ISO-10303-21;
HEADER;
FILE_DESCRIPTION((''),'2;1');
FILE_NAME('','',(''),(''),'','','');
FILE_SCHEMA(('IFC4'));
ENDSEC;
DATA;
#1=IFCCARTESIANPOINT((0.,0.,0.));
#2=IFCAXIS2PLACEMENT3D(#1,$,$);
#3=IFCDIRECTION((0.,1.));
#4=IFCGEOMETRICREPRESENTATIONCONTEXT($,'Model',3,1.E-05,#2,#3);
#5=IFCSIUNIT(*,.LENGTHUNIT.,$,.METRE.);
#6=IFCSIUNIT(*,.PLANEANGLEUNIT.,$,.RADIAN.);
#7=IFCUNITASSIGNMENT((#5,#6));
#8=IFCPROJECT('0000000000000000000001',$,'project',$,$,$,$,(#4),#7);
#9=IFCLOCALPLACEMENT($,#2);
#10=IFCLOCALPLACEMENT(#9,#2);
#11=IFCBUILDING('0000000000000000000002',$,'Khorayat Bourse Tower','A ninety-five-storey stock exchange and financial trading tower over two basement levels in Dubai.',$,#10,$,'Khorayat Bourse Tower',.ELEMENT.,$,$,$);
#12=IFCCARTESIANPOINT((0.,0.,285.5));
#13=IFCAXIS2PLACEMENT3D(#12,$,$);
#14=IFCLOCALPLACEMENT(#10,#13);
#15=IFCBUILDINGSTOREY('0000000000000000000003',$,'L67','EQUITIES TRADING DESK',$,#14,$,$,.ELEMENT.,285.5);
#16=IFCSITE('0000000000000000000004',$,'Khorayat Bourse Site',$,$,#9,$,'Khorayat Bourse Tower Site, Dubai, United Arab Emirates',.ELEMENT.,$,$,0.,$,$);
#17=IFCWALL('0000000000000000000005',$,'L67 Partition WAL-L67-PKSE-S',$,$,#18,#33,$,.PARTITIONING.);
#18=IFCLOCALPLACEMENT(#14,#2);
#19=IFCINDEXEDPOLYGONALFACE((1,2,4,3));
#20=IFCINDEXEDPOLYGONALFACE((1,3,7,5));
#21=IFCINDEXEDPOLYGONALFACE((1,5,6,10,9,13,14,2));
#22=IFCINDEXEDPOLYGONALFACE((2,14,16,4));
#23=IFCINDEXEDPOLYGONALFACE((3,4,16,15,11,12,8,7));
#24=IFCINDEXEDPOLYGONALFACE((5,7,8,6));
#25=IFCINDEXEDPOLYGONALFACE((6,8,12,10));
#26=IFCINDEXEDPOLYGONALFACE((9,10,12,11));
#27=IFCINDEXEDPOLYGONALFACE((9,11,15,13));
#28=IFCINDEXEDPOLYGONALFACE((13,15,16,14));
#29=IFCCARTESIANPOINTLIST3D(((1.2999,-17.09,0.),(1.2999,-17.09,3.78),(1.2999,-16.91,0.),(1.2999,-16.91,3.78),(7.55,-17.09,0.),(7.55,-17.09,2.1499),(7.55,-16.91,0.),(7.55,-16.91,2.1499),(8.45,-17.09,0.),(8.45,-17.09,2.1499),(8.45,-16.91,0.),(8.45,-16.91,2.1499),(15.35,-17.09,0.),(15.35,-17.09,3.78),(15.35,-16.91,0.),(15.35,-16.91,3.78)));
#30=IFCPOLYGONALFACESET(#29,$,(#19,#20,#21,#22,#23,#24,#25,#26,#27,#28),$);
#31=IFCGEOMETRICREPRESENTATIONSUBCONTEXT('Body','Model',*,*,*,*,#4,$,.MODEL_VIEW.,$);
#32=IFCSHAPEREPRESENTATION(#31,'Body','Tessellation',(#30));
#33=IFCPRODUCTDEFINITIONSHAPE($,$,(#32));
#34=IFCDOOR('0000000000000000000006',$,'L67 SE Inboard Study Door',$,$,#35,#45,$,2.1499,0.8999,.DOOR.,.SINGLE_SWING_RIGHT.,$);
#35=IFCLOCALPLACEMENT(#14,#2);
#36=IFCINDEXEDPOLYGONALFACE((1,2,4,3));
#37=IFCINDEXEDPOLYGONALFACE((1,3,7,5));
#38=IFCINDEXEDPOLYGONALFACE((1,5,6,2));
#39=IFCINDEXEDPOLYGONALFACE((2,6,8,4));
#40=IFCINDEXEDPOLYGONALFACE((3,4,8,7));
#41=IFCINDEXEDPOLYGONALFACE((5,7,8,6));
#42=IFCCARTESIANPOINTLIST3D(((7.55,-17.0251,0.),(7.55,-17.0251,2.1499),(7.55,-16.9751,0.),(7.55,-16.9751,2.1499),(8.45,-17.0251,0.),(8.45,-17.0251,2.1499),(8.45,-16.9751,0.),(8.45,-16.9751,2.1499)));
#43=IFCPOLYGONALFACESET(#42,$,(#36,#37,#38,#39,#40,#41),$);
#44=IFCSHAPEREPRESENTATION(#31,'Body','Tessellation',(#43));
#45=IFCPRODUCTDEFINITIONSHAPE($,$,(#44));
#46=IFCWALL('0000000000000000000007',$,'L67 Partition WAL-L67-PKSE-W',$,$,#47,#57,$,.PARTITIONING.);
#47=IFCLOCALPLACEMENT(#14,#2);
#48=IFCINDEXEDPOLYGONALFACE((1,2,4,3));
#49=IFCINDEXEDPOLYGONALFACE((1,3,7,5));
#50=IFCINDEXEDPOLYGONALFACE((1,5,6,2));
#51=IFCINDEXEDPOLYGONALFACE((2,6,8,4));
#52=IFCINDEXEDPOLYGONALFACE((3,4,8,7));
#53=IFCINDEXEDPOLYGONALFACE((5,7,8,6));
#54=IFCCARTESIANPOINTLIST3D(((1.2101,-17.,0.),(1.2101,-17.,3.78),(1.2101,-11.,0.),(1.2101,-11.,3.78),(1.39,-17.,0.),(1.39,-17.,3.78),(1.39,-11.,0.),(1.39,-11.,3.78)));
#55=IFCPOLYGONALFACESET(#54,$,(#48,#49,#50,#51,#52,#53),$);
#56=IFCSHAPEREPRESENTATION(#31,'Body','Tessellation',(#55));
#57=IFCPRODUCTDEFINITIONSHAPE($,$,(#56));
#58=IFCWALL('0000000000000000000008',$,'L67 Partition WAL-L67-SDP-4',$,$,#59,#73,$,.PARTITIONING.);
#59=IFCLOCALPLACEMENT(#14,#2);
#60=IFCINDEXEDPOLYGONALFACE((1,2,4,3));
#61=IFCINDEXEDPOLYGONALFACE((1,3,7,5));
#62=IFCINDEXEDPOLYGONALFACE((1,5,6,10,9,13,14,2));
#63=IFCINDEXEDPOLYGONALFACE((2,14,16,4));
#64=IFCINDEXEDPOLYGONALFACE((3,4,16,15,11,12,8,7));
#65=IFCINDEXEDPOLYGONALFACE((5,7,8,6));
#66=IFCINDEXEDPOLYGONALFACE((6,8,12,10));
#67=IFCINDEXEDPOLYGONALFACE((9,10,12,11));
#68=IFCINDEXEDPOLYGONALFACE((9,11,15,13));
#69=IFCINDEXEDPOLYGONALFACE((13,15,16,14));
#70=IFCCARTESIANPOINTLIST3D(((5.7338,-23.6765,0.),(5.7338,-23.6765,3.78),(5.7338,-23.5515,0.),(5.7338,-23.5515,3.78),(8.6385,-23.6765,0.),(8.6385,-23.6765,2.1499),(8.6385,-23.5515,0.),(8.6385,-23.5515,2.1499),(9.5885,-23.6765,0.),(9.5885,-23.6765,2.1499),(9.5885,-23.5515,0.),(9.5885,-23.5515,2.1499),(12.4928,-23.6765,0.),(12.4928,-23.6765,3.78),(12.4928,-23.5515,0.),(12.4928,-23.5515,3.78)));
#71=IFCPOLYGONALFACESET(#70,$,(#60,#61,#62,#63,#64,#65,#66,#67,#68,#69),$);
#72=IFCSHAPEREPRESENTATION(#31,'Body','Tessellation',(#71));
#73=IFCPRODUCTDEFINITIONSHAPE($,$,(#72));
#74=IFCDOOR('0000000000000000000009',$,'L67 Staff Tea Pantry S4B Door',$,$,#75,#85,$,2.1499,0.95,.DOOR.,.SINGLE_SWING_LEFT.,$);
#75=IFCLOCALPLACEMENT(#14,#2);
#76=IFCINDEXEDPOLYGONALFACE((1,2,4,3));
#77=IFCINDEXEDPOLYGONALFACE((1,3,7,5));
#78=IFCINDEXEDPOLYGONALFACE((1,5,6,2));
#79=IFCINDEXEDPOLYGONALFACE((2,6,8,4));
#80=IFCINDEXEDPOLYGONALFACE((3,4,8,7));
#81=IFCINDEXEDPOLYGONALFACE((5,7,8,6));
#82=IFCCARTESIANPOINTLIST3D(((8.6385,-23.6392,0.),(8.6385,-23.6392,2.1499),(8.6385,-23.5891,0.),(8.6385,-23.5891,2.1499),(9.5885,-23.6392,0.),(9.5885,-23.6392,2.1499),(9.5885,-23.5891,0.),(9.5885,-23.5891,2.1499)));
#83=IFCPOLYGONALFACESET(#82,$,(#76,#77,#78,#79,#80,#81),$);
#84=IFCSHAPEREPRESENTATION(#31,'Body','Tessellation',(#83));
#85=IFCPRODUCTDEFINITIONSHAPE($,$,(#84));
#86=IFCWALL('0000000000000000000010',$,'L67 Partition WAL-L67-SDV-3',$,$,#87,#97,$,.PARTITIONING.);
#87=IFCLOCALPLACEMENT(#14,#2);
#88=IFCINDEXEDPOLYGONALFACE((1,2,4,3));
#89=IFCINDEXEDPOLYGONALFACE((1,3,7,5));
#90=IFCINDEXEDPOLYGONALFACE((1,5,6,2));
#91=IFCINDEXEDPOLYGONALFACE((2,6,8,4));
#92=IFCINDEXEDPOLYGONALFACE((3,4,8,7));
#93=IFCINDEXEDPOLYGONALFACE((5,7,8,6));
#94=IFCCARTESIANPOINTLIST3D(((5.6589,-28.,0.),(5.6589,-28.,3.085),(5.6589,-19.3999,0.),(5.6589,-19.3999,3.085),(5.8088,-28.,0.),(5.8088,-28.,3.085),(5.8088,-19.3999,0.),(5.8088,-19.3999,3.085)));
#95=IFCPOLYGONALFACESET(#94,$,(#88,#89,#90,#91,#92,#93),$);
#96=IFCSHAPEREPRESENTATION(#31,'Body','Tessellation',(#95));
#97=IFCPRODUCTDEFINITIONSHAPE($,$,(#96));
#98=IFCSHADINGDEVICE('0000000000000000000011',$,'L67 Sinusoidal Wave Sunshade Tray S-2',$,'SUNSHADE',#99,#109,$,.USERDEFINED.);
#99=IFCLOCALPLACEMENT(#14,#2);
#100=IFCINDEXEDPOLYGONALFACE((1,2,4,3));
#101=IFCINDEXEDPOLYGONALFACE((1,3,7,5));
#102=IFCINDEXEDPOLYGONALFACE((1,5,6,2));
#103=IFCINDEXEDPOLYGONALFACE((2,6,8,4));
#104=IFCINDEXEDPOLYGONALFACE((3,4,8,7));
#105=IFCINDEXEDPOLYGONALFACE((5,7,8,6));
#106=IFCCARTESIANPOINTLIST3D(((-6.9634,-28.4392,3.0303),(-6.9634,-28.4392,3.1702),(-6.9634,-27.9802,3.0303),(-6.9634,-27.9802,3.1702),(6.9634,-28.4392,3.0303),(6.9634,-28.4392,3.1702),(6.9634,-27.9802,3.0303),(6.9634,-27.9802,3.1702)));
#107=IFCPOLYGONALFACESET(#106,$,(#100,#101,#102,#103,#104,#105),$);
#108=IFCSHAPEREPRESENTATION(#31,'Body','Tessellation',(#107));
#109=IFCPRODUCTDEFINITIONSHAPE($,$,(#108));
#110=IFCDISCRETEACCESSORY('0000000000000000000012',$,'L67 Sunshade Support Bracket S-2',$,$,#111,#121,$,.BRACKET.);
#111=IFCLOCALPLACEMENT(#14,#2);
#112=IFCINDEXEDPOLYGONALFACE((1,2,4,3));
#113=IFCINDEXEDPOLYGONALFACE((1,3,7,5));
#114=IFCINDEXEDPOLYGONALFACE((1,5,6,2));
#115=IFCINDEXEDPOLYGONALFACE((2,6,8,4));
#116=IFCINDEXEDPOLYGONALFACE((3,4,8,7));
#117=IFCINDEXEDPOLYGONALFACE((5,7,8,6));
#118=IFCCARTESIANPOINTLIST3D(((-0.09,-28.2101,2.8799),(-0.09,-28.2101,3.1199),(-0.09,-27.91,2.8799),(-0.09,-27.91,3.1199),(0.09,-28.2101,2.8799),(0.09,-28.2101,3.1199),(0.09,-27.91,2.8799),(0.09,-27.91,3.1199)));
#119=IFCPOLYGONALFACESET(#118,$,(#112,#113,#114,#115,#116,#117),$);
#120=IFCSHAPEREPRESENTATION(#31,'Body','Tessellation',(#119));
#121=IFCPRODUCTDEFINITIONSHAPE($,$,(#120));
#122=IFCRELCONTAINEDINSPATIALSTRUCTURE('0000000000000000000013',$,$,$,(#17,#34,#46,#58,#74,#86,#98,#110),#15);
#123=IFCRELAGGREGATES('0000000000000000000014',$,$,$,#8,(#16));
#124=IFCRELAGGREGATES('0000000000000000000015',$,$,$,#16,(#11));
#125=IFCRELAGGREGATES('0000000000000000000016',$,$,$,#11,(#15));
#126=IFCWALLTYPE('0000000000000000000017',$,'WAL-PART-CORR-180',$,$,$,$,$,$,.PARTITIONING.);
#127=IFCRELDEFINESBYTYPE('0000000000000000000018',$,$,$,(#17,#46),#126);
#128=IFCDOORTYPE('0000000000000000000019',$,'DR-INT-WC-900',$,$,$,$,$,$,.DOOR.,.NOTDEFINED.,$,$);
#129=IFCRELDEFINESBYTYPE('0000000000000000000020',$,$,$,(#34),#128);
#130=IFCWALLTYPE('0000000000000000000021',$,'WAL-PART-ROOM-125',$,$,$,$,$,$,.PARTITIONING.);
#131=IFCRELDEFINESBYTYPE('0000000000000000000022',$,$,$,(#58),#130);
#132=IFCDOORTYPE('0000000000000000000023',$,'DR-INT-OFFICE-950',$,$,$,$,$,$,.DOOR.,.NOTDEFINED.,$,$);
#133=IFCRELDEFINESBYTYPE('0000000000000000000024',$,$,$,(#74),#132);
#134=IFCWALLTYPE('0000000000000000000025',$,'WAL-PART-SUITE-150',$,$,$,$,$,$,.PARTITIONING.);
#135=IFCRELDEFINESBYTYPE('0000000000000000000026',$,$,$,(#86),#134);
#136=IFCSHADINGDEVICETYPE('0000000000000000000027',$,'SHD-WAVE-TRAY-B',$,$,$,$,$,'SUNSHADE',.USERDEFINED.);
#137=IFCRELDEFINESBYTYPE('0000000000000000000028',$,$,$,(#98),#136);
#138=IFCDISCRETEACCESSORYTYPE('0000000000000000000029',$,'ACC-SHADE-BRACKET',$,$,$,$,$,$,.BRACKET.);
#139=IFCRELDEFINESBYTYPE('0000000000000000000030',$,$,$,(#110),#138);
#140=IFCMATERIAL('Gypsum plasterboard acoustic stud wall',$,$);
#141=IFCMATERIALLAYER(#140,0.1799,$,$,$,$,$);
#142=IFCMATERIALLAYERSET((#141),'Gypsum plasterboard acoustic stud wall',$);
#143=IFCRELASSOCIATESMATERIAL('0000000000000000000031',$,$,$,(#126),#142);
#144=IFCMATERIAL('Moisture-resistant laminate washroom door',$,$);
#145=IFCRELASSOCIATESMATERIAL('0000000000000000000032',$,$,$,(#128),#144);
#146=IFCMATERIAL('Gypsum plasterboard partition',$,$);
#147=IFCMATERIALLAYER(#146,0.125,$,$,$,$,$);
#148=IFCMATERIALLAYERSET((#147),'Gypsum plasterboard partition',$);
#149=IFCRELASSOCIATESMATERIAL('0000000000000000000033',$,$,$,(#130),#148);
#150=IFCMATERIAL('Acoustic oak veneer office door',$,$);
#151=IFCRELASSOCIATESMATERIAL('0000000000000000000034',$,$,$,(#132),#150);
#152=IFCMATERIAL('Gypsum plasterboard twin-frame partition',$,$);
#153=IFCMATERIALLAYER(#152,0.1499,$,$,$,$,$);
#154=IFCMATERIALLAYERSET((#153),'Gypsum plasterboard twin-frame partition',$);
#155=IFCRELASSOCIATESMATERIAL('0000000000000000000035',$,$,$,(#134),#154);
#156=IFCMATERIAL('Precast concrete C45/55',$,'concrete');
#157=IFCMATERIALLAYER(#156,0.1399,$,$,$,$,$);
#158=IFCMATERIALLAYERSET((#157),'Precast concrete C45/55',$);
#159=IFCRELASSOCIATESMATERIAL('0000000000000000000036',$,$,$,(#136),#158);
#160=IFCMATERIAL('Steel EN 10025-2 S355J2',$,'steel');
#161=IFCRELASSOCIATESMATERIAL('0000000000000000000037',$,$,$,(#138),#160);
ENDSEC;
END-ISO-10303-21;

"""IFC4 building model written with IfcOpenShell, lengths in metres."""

from ifc_helpers import new_model, si_unit, direction, frame, frame_2d, origin, origin_2d, place, context, subcontext, project, spatial, rectangle, extrude, source, transform, mapped, material, layer, layer_set, type_object, element, fill, save


model = new_model("IFC4")

# Units and contexts
model_context = context("Model", 3, precision=1e-05, world=origin(), true_north=direction((0.0, 1.0)))
body_context = subcontext(model_context, "Body", "Model", "MODEL_VIEW")
ifc_project = project(units=[si_unit("LENGTHUNIT", "METRE"), si_unit("PLANEANGLEUNIT", "RADIAN")], contexts=[model_context])

# Site, building, storey
site_placement = place(None, origin())
site = spatial("IfcSite", under=ifc_project, at=site_placement, Name="Khorayat Bourse Site", LongName="Khorayat Bourse Tower Site, Dubai, United Arab Emirates", CompositionType="ELEMENT", RefElevation=0.0)
building_placement = place(site_placement, origin())
building = spatial("IfcBuilding", under=site, at=building_placement, Name="Khorayat Bourse Tower", Description="A ninety-five-storey stock exchange and financial trading tower over two basement levels in Dubai.", LongName="Khorayat Bourse Tower", CompositionType="ELEMENT")
storey_placement = place(building_placement, frame((0.0, 0.0, 285.5)))
storey = spatial("IfcBuildingStorey", under=building, at=storey_placement, Name="L67", Description="EQUITIES TRADING DESK", CompositionType="ELEMENT", Elevation=285.5)

# Shared definitions
ifc_material_1 = material(Name="Steel EN 10025-2 S355J2", Category="steel")

# Wall, opening, door
ifc_material_2 = material(Name="Gypsum plasterboard acoustic stud wall")
ifc_layer_1 = layer(ifc_material_2, 0.1799)
ifc_layer_set_1 = layer_set([ifc_layer_1], Name="Gypsum plasterboard acoustic stud wall")
wall_type_1 = type_object("IfcWallType", Name="WAL-PART-CORR-180", PredefinedType="PARTITIONING", material=ifc_layer_set_1)
shared_shape_1 = source(origin(), body_context, "Body", "SweptSolid", [
    extrude(rectangle(XDim=14.05, YDim=0.1799, at=frame_2d((7.0249, 0.0))), origin(), (0.0, 0.0, 1.0), 3.78),
])
wall_1_placement = place(storey_placement, frame((1.3, -17.0, 0.0), z_axis=(0.0, 0.0, 1.0), x_axis=(1.0, 0.0, 0.0)))
wall_1 = element("IfcWall", 1, at=wall_1_placement, inside=storey, type_object=wall_type_1, Name="L67 Partition WAL-L67-PKSE-S", PredefinedType="PARTITIONING", context=body_context, shape_type="MappedRepresentation", body=[
    mapped(shared_shape_1, transform((0.0, 0.0, 0.0), scale=1.0)),
])
shared_shape_2 = source(origin(), body_context, "Body", "SweptSolid", [
    extrude(rectangle(XDim=0.8999, YDim=2.1499, at=frame_2d((0.45, 1.075))), frame((0.0, 0.0999, 0.0), z_axis=(0.0, -1.0, 0.0), x_axis=(1.0, 0.0, 0.0)), (0.0, 0.0, 1.0), 0.2),
])
opening_1_placement = place(wall_1_placement, frame((6.25, 0.0, 0.0)))
opening_1 = element("IfcOpeningElement", 2, at=opening_1_placement, cuts=wall_1, PredefinedType="OPENING", context=body_context, shape_type="MappedRepresentation", body=[
    mapped(shared_shape_2, transform((0.0, 0.0, 0.0), scale=1.0)),
])
ifc_material_3 = material(Name="Moisture-resistant laminate washroom door")
door_type_1 = type_object("IfcDoorType", Name="DR-INT-WC-900", OperationType="NOTDEFINED", PredefinedType="DOOR", material=ifc_material_3)
shared_shape_3 = source(origin(), body_context, "Body", "SweptSolid", [
    extrude(rectangle(XDim=0.8999, YDim=2.1499, at=frame_2d((0.45, 1.075))), frame((0.0, 0.0249, 0.0), z_axis=(0.0, -1.0, 0.0), x_axis=(1.0, 0.0, 0.0)), (0.0, 0.0, 1.0), 0.05),
])
door_1_placement = place(opening_1_placement, origin())
door_1 = element("IfcDoor", 3, at=door_1_placement, inside=storey, type_object=door_type_1, Name="L67 SE Inboard Study Door", OperationType="SINGLE_SWING_RIGHT", OverallHeight=2.1499, OverallWidth=0.8999, PredefinedType="DOOR", context=body_context, shape_type="MappedRepresentation", body=[
    mapped(shared_shape_3, transform((0.0, 0.0, 0.0), scale=1.0)),
])
fill(opening_1, door_1)

# Wall
shared_shape_4 = source(origin(), body_context, "Body", "SweptSolid", [
    extrude(rectangle(XDim=6.0, YDim=0.1799, at=frame_2d((3.0, 0.0))), origin(), (0.0, 0.0, 1.0), 3.78),
])
wall_2_placement = place(storey_placement, frame((1.3, -17.0, 0.0), z_axis=(0.0, 0.0, 1.0), x_axis=(0.0, 1.0, 0.0)))
element("IfcWall", 4, at=wall_2_placement, inside=storey, type_object=wall_type_1, Name="L67 Partition WAL-L67-PKSE-W", PredefinedType="PARTITIONING", context=body_context, shape_type="MappedRepresentation", body=[
    mapped(shared_shape_4, transform((0.0, 0.0, 0.0), scale=1.0)),
])

# Wall, opening, door
ifc_material_4 = material(Name="Gypsum plasterboard partition")
ifc_layer_2 = layer(ifc_material_4, 0.125)
ifc_layer_set_2 = layer_set([ifc_layer_2], Name="Gypsum plasterboard partition")
wall_type_2 = type_object("IfcWallType", Name="WAL-PART-ROOM-125", PredefinedType="PARTITIONING", material=ifc_layer_set_2)
shared_shape_5 = source(origin(), body_context, "Body", "SweptSolid", [
    extrude(rectangle(XDim=6.759, YDim=0.125, at=frame_2d((3.3794, 0.0))), origin(), (0.0, 0.0, 1.0), 3.78),
])
wall_3_placement = place(storey_placement, frame((5.7339, -23.614, 0.0), z_axis=(0.0, 0.0, 1.0), x_axis=(1.0, 0.0, 0.0)))
wall_3 = element("IfcWall", 5, at=wall_3_placement, inside=storey, type_object=wall_type_2, Name="L67 Partition WAL-L67-SDP-4", PredefinedType="PARTITIONING", context=body_context, shape_type="MappedRepresentation", body=[
    mapped(shared_shape_5, transform((0.0, 0.0, 0.0), scale=1.0)),
])
shared_shape_6 = source(origin(), body_context, "Body", "SweptSolid", [
    extrude(rectangle(XDim=0.95, YDim=2.1499, at=frame_2d((0.4751, 1.075))), frame((0.0, 0.0725, 0.0), z_axis=(0.0, -1.0, 0.0), x_axis=(1.0, 0.0, 0.0)), (0.0, 0.0, 1.0), 0.145),
])
opening_2_placement = place(wall_3_placement, frame((2.9045, 0.0, 0.0)))
opening_2 = element("IfcOpeningElement", 6, at=opening_2_placement, cuts=wall_3, PredefinedType="OPENING", context=body_context, shape_type="MappedRepresentation", body=[
    mapped(shared_shape_6, transform((0.0, 0.0, 0.0), scale=1.0)),
])
ifc_material_5 = material(Name="Acoustic oak veneer office door")
door_type_2 = type_object("IfcDoorType", Name="DR-INT-OFFICE-950", OperationType="NOTDEFINED", PredefinedType="DOOR", material=ifc_material_5)
shared_shape_7 = source(origin(), body_context, "Body", "SweptSolid", [
    extrude(rectangle(XDim=0.95, YDim=2.1499, at=frame_2d((0.4751, 1.075))), frame((0.0, 0.0249, 0.0), z_axis=(0.0, -1.0, 0.0), x_axis=(1.0, 0.0, 0.0)), (0.0, 0.0, 1.0), 0.05),
])
door_2_placement = place(opening_2_placement, origin())
door_2 = element("IfcDoor", 7, at=door_2_placement, inside=storey, type_object=door_type_2, Name="L67 Staff Tea Pantry S4B Door", OperationType="SINGLE_SWING_LEFT", OverallHeight=2.1499, OverallWidth=0.95, PredefinedType="DOOR", context=body_context, shape_type="MappedRepresentation", body=[
    mapped(shared_shape_7, transform((0.0, 0.0, 0.0), scale=1.0)),
])
fill(opening_2, door_2)

# Wall
ifc_material_6 = material(Name="Gypsum plasterboard twin-frame partition")
ifc_layer_3 = layer(ifc_material_6, 0.1499)
ifc_layer_set_3 = layer_set([ifc_layer_3], Name="Gypsum plasterboard twin-frame partition")
wall_type_3 = type_object("IfcWallType", Name="WAL-PART-SUITE-150", PredefinedType="PARTITIONING", material=ifc_layer_set_3)
shared_shape_8 = source(origin(), body_context, "Body", "SweptSolid", [
    extrude(rectangle(XDim=8.6001, YDim=0.1499, at=frame_2d((4.3, 0.0))), origin(), (0.0, 0.0, 1.0), 3.085),
])
wall_4_placement = place(storey_placement, frame((5.7339, -28.0, 0.0), z_axis=(0.0, 0.0, 1.0), x_axis=(0.0, 1.0, 0.0)))
element("IfcWall", 8, at=wall_4_placement, inside=storey, type_object=wall_type_3, Name="L67 Partition WAL-L67-SDV-3", PredefinedType="PARTITIONING", context=body_context, shape_type="MappedRepresentation", body=[
    mapped(shared_shape_8, transform((0.0, 0.0, 0.0), scale=1.0)),
])

# Shading device
ifc_material_7 = material(Name="Precast concrete C45/55", Category="concrete")
ifc_layer_4 = layer(ifc_material_7, 0.1399)
ifc_layer_set_4 = layer_set([ifc_layer_4], Name="Precast concrete C45/55")
shading_device_type = type_object("IfcShadingDeviceType", Name="SHD-WAVE-TRAY-B", ElementType="SUNSHADE", PredefinedType="USERDEFINED", material=ifc_layer_set_4)
shared_shape_9 = source(origin(), body_context, "Body", "SweptSolid", [
    extrude(rectangle(XDim=13.9268, YDim=0.459, at=origin_2d()), origin(), (0.0, 0.0, 1.0), 0.1399),
])
shading_device_placement = place(storey_placement, frame((0.0, -28.2097, 3.0303), z_axis=(0.0, 0.0, 1.0), x_axis=(1.0, 0.0, 0.0)))
element("IfcShadingDevice", 9, at=shading_device_placement, inside=storey, type_object=shading_device_type, Name="L67 Sinusoidal Wave Sunshade Tray S-2", ObjectType="SUNSHADE", PredefinedType="USERDEFINED", context=body_context, shape_type="MappedRepresentation", body=[
    mapped(shared_shape_9, transform((0.0, 0.0, 0.0), scale=1.0)),
])

# Discrete accessory
discrete_accessory_type = type_object("IfcDiscreteAccessoryType", Name="ACC-SHADE-BRACKET", PredefinedType="BRACKET", material=ifc_material_1)
shared_shape_10 = source(origin(), body_context, "Body", "SweptSolid", [
    extrude(rectangle(XDim=0.1799, YDim=0.3, at=origin_2d()), origin(), (0.0, 0.0, 1.0), 0.24),
])
discrete_accessory_placement = place(storey_placement, frame((0.0, -28.0601, 2.8799), z_axis=(0.0, 0.0, 1.0), x_axis=(1.0, 0.0, 0.0)))
element("IfcDiscreteAccessory", 10, at=discrete_accessory_placement, inside=storey, type_object=discrete_accessory_type, Name="L67 Sunshade Support Bracket S-2", PredefinedType="BRACKET", context=body_context, shape_type="MappedRepresentation", body=[
    mapped(shared_shape_10, transform((0.0, 0.0, 0.0), scale=1.0)),
])

save(model, "model.ifc")
